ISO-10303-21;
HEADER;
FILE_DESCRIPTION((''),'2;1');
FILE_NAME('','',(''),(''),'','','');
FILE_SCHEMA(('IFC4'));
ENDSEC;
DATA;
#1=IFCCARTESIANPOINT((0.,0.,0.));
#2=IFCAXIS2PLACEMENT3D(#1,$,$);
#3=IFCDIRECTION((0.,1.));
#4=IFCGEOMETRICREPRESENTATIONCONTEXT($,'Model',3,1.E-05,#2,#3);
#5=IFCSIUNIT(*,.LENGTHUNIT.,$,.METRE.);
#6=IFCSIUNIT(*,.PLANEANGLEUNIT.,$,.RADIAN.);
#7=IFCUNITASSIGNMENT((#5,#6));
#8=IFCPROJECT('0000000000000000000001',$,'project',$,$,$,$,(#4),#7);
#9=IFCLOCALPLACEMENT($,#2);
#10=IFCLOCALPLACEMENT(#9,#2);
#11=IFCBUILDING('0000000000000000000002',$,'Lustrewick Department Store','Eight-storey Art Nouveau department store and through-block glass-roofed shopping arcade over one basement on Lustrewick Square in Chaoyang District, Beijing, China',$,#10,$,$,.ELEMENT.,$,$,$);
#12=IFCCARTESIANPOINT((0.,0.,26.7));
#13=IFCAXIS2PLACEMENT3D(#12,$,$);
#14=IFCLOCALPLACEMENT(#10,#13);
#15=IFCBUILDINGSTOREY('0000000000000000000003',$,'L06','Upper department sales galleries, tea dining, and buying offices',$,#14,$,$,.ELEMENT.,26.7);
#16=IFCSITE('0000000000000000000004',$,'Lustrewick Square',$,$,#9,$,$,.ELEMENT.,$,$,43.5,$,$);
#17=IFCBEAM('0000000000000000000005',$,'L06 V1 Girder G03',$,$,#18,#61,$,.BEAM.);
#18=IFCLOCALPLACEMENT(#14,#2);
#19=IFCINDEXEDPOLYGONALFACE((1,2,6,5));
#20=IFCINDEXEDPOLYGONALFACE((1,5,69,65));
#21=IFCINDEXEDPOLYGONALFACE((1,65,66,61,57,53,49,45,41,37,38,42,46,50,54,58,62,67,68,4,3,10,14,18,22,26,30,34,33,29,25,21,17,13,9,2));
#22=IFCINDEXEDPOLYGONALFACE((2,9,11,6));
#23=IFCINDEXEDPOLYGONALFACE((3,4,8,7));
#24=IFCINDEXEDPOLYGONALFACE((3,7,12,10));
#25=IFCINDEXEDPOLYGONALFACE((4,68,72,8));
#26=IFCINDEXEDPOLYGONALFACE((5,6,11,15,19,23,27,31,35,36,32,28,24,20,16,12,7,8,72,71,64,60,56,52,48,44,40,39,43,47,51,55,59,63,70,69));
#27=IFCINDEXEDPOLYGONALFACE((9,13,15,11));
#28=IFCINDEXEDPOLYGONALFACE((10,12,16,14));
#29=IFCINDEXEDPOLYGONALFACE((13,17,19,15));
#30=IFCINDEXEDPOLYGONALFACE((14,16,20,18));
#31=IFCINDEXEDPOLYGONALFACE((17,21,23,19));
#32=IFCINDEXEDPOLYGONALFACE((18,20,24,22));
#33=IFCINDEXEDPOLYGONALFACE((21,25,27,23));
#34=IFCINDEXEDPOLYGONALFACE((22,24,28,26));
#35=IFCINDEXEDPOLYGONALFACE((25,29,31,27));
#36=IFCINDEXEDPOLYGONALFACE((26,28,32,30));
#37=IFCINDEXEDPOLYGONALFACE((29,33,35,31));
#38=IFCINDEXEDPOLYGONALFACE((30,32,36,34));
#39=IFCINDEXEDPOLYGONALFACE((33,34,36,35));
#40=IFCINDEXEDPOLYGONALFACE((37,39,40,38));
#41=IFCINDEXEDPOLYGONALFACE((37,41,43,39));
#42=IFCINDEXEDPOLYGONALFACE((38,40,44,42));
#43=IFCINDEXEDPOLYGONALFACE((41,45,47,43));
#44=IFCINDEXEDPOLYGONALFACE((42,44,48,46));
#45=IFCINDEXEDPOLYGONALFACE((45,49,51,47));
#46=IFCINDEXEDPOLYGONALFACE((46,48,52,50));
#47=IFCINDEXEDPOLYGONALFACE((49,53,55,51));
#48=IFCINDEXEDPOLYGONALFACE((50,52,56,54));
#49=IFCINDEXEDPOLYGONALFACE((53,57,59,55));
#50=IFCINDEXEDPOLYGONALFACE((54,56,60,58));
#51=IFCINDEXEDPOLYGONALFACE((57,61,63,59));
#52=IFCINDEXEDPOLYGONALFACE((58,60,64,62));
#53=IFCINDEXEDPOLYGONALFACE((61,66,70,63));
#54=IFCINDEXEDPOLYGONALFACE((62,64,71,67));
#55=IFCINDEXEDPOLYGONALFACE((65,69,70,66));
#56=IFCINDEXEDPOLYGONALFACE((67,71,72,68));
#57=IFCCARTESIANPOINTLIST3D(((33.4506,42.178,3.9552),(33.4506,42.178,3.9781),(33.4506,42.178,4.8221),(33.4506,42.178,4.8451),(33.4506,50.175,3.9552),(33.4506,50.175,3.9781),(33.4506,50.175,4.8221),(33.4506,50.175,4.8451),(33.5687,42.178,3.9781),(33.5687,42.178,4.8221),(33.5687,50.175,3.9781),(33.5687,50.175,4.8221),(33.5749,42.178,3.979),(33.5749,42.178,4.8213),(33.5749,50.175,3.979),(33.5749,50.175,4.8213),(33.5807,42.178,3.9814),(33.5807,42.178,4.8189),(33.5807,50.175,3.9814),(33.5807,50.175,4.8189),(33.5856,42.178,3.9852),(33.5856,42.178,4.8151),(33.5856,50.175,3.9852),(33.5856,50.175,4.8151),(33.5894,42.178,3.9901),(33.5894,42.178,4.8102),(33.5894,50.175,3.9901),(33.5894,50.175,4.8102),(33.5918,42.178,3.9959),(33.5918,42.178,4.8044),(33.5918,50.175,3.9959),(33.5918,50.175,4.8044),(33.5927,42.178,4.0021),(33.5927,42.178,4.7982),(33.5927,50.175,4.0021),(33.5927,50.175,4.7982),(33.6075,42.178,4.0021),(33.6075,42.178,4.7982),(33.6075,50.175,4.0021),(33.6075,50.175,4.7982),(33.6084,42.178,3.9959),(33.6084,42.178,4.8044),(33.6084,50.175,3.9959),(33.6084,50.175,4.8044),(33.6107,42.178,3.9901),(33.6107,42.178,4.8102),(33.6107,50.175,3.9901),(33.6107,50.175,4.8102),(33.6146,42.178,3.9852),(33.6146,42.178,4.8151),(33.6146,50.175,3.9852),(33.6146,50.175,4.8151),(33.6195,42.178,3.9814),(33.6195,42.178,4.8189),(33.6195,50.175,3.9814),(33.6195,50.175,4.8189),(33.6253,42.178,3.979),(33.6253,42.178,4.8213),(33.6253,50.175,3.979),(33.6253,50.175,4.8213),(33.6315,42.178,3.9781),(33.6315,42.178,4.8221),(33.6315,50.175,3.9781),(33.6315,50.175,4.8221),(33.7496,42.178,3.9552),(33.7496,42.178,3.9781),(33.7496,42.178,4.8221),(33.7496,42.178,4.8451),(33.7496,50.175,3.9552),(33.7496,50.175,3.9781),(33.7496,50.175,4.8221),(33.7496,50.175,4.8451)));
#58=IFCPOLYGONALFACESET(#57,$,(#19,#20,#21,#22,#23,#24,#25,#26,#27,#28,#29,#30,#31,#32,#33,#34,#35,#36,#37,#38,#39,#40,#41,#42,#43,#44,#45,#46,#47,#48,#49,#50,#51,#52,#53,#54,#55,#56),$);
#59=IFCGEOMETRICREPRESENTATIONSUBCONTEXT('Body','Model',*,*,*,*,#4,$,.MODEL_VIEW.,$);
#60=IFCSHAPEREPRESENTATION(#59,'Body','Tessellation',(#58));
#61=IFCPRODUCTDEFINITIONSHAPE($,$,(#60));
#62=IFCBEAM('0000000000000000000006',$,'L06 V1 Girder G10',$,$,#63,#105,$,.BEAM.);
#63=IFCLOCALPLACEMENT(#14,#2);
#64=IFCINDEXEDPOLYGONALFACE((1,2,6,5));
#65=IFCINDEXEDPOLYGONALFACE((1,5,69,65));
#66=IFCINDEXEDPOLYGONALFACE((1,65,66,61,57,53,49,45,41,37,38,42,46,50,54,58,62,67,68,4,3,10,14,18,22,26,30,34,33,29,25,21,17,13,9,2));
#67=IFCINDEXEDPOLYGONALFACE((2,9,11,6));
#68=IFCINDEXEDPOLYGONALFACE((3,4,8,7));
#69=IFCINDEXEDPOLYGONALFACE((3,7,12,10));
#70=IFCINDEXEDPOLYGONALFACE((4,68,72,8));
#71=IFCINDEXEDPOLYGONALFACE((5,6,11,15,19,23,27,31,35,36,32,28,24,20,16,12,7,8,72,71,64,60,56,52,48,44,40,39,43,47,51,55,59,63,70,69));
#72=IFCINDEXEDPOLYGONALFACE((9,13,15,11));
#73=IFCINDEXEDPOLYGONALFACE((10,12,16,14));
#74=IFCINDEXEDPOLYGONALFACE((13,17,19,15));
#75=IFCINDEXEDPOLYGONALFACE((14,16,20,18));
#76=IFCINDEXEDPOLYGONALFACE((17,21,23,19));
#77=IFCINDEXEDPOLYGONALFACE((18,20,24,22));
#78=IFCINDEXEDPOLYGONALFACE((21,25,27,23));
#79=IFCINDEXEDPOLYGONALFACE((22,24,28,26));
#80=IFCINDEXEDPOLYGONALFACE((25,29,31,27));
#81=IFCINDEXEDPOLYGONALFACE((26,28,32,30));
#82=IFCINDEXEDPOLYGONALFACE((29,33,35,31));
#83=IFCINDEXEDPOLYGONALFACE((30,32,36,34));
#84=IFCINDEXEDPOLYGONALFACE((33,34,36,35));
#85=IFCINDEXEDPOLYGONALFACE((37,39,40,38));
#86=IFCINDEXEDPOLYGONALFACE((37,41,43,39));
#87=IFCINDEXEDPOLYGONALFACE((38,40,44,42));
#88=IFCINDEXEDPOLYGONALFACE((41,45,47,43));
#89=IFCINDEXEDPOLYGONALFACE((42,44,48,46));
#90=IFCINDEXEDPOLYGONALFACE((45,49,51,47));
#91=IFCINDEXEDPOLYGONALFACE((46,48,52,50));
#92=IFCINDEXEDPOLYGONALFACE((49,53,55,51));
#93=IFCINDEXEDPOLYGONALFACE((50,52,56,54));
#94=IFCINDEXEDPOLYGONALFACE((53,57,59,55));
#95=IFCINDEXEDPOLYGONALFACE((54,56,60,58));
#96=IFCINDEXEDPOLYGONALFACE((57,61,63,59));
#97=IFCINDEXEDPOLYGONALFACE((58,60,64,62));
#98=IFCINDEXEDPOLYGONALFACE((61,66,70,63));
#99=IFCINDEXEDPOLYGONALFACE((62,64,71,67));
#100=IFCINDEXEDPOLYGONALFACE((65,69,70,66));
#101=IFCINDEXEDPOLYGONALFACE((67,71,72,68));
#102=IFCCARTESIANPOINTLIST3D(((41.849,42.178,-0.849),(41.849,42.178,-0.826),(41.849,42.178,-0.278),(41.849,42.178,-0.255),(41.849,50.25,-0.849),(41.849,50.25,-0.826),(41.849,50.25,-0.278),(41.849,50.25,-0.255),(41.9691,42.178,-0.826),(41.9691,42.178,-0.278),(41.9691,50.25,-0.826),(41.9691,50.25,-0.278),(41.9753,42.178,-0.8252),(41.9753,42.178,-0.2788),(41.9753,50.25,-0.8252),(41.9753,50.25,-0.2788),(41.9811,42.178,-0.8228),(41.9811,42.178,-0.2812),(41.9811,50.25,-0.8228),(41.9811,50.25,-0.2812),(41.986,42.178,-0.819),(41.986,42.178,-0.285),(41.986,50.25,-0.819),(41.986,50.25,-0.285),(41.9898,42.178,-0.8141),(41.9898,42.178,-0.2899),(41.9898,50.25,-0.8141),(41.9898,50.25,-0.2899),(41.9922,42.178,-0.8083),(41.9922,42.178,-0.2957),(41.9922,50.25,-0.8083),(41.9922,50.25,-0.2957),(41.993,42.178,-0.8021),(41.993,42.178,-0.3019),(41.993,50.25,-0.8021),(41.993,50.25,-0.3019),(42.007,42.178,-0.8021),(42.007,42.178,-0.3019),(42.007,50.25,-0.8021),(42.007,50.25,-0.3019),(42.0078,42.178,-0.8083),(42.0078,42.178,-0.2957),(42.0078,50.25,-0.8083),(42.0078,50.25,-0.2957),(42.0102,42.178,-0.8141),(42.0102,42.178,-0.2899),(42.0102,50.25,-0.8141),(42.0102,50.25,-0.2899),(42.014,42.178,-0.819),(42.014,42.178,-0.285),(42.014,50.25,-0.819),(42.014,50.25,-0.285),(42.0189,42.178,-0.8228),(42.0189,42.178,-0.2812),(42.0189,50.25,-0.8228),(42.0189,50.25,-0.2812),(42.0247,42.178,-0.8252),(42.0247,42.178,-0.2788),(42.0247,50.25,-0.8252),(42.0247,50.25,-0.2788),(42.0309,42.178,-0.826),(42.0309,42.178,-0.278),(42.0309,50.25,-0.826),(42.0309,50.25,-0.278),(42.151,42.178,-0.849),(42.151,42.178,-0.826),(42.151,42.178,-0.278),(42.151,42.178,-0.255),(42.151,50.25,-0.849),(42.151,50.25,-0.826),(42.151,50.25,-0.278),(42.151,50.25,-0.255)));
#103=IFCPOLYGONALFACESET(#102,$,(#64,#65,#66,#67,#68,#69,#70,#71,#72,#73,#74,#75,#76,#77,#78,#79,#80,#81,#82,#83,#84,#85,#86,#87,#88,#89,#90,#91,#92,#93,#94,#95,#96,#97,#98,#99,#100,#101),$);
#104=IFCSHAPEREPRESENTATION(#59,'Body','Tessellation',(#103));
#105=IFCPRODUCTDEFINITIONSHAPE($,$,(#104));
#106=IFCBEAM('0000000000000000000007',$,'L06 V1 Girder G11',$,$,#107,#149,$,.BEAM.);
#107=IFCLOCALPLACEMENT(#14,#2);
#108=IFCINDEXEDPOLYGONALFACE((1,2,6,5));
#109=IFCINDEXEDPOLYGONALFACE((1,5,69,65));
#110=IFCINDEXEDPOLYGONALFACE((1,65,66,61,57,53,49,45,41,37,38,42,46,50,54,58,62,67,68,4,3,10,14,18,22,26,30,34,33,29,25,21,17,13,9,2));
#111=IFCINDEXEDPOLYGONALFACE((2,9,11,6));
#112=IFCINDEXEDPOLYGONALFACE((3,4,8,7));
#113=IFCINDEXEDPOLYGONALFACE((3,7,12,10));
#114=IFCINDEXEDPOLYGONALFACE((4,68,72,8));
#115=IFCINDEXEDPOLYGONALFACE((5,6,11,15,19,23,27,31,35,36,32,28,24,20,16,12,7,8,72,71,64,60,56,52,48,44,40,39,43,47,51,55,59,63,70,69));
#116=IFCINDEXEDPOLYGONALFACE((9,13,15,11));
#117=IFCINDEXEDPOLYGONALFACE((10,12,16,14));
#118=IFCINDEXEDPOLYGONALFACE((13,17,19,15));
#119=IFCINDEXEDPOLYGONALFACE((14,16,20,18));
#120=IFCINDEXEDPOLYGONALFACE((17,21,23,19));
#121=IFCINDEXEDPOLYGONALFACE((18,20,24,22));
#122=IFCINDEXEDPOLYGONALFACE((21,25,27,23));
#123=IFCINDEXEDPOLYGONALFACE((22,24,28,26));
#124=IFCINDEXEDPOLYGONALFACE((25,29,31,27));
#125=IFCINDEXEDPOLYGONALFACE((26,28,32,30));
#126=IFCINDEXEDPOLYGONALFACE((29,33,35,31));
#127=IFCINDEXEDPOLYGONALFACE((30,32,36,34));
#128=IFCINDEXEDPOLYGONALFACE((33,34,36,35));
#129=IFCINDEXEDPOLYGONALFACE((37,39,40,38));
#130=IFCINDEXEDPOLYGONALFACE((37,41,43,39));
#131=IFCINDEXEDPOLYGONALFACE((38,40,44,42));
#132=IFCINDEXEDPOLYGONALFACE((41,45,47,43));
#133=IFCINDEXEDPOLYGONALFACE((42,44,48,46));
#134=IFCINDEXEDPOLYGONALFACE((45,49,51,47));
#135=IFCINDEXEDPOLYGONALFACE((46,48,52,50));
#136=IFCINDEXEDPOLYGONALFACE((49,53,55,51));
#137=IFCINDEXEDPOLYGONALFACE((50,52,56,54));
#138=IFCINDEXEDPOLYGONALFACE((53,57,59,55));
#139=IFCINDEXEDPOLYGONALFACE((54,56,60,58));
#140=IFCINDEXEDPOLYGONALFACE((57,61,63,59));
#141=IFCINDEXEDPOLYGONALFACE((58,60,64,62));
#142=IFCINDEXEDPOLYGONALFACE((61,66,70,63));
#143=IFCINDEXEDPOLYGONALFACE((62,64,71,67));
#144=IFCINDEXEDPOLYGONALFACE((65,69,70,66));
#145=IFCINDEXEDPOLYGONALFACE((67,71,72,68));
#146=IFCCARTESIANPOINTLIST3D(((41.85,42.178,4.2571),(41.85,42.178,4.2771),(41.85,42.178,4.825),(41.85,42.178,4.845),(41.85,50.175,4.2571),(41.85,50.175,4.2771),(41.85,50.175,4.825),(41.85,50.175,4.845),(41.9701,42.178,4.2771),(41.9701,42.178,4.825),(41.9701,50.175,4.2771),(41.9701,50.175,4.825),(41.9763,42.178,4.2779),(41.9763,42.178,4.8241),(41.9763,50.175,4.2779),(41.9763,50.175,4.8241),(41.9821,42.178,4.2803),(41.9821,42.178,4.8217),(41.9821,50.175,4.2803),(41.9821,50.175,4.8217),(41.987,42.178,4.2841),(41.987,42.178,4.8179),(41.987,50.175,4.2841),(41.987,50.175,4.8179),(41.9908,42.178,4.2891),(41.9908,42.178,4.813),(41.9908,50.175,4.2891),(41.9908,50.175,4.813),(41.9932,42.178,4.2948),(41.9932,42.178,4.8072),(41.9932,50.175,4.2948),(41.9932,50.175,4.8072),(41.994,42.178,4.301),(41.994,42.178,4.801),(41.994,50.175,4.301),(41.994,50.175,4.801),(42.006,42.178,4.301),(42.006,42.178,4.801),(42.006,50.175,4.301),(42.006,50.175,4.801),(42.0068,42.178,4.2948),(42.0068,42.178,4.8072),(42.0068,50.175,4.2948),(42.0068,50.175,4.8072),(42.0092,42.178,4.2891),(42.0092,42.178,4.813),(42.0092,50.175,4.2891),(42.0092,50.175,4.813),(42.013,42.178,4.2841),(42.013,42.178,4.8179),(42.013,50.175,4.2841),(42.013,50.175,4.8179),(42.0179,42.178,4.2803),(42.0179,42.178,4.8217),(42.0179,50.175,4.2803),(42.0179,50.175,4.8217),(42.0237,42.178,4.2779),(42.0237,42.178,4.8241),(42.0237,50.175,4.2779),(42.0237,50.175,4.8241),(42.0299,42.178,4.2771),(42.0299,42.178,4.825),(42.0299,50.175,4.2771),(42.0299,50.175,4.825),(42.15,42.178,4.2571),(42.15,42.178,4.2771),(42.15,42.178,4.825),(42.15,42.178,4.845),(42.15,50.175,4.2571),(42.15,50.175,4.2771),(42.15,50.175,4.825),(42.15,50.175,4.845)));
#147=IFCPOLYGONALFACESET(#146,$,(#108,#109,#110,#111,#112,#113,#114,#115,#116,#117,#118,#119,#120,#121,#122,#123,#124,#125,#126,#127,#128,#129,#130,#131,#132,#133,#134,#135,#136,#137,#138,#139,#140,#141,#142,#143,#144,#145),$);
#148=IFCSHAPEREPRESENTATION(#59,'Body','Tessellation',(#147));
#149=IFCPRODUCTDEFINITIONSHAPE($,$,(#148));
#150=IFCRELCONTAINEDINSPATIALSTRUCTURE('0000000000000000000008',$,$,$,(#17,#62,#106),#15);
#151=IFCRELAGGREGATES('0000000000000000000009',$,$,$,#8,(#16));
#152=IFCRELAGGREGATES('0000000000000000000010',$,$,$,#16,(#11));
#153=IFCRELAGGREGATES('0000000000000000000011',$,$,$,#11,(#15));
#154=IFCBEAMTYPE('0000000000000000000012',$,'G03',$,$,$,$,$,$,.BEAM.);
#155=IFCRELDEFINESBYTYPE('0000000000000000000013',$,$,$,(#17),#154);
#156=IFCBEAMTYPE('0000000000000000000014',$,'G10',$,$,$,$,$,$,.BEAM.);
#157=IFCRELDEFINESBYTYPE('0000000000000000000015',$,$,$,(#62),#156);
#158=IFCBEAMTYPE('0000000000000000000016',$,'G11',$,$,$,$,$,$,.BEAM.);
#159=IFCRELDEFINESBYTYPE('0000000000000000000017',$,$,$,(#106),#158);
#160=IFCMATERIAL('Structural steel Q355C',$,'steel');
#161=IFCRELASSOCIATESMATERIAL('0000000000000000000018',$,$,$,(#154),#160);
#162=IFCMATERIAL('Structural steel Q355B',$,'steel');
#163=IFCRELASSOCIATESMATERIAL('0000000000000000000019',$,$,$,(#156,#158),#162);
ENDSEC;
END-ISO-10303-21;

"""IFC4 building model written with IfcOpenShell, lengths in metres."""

from ifc_helpers import new_model, si_unit, direction, frame, origin, origin_2d, place, context, subcontext, project, spatial, i_section, extrude, material, material_profile, profile_set, type_object, element, save


model = new_model("IFC4")

# Units and contexts
model_context = context("Model", 3, precision=1e-05, world=origin(), true_north=direction((0.0, 1.0)))
body_context = subcontext(model_context, "Body", "Model", "MODEL_VIEW")
ifc_project = project(units=[si_unit("LENGTHUNIT", "METRE"), si_unit("PLANEANGLEUNIT", "RADIAN")], contexts=[model_context])

# Site, building, storey
site_placement = place(None, origin())
site = spatial("IfcSite", under=ifc_project, at=site_placement, Name="Lustrewick Square", CompositionType="ELEMENT", RefElevation=43.5)
building_placement = place(site_placement, origin())
building = spatial("IfcBuilding", under=site, at=building_placement, Name="Lustrewick Department Store", Description="Eight-storey Art Nouveau department store and through-block glass-roofed shopping arcade over one basement on Lustrewick Square in Chaoyang District, Beijing, China", CompositionType="ELEMENT")
storey_placement = place(building_placement, frame((0.0, 0.0, 26.7)))
storey = spatial("IfcBuildingStorey", under=building, at=storey_placement, Name="L06", Description="Upper department sales galleries, tea dining, and buying offices", CompositionType="ELEMENT", Elevation=26.7)

# Shared definitions
ifc_material_1 = material(Name="Structural steel Q355B", Category="steel")

# Beams
ifc_material_2 = material(Name="Structural steel Q355C", Category="steel")
ifc_material_profile_1 = material_profile(ifc_material_2, i_section(OverallWidth=0.2991, OverallDepth=0.8899, WebThickness=0.0149, FlangeThickness=0.0229, FilletRadius=0.0239, at=origin_2d()), Name="HN 890x299x15x23")
ifc_profile_set_1 = profile_set([ifc_material_profile_1], Name="Structural steel Q355C")
beam_type_1 = type_object("IfcBeamType", Name="G03", PredefinedType="BEAM", material=ifc_profile_set_1)
beam_1_placement = place(storey_placement, frame((33.6001, 42.178, 4.4001), z_axis=(0.0, 1.0, 0.0), x_axis=(-1.0, 0.0, 0.0)))
element("IfcBeam", 1, at=beam_1_placement, inside=storey, type_object=beam_type_1, Name="L06 V1 Girder G03", PredefinedType="BEAM", context=body_context, shape_type="SweptSolid", body=[
    extrude(i_section(OverallWidth=0.2991, OverallDepth=0.8899, WebThickness=0.0149, FlangeThickness=0.0229, FilletRadius=0.0239, at=origin_2d()), origin(), (0.0, 0.0, 1.0), 7.9971),
])
ifc_material_profile_2 = material_profile(ifc_material_1, i_section(OverallWidth=0.302, OverallDepth=0.594, WebThickness=0.0139, FlangeThickness=0.0229, FilletRadius=0.0239, at=origin_2d()), Name="HM 594x302x14x23")
ifc_profile_set_2 = profile_set([ifc_material_profile_2], Name="Structural steel Q355B")
beam_type_2 = type_object("IfcBeamType", Name="G10", PredefinedType="BEAM", material=ifc_profile_set_2)
beam_2_placement = place(storey_placement, frame((42.0, 42.178, -0.552), z_axis=(0.0, 1.0, 0.0), x_axis=(-1.0, 0.0, 0.0)))
element("IfcBeam", 2, at=beam_2_placement, inside=storey, type_object=beam_type_2, Name="L06 V1 Girder G10", PredefinedType="BEAM", context=body_context, shape_type="SweptSolid", body=[
    extrude(i_section(OverallWidth=0.302, OverallDepth=0.594, WebThickness=0.0139, FlangeThickness=0.0229, FilletRadius=0.0239, at=origin_2d()), origin(), (0.0, 0.0, 1.0), 8.072),
])
ifc_material_profile_3 = material_profile(ifc_material_1, i_section(OverallWidth=0.3, OverallDepth=0.5879, WebThickness=0.012, FlangeThickness=0.02, FilletRadius=0.0239, at=origin_2d()), Name="HM 588x300x12x20")
ifc_profile_set_3 = profile_set([ifc_material_profile_3], Name="Structural steel Q355B")
beam_type_3 = type_object("IfcBeamType", Name="G11", PredefinedType="BEAM", material=ifc_profile_set_3)
beam_3_placement = place(storey_placement, frame((42.0, 42.178, 4.551), z_axis=(0.0, 1.0, 0.0), x_axis=(-1.0, 0.0, 0.0)))
element("IfcBeam", 3, at=beam_3_placement, inside=storey, type_object=beam_type_3, Name="L06 V1 Girder G11", PredefinedType="BEAM", context=body_context, shape_type="SweptSolid", body=[
    extrude(i_section(OverallWidth=0.3, OverallDepth=0.5879, WebThickness=0.012, FlangeThickness=0.02, FilletRadius=0.0239, at=origin_2d()), origin(), (0.0, 0.0, 1.0), 7.9971),
])

save(model, "model.ifc")
